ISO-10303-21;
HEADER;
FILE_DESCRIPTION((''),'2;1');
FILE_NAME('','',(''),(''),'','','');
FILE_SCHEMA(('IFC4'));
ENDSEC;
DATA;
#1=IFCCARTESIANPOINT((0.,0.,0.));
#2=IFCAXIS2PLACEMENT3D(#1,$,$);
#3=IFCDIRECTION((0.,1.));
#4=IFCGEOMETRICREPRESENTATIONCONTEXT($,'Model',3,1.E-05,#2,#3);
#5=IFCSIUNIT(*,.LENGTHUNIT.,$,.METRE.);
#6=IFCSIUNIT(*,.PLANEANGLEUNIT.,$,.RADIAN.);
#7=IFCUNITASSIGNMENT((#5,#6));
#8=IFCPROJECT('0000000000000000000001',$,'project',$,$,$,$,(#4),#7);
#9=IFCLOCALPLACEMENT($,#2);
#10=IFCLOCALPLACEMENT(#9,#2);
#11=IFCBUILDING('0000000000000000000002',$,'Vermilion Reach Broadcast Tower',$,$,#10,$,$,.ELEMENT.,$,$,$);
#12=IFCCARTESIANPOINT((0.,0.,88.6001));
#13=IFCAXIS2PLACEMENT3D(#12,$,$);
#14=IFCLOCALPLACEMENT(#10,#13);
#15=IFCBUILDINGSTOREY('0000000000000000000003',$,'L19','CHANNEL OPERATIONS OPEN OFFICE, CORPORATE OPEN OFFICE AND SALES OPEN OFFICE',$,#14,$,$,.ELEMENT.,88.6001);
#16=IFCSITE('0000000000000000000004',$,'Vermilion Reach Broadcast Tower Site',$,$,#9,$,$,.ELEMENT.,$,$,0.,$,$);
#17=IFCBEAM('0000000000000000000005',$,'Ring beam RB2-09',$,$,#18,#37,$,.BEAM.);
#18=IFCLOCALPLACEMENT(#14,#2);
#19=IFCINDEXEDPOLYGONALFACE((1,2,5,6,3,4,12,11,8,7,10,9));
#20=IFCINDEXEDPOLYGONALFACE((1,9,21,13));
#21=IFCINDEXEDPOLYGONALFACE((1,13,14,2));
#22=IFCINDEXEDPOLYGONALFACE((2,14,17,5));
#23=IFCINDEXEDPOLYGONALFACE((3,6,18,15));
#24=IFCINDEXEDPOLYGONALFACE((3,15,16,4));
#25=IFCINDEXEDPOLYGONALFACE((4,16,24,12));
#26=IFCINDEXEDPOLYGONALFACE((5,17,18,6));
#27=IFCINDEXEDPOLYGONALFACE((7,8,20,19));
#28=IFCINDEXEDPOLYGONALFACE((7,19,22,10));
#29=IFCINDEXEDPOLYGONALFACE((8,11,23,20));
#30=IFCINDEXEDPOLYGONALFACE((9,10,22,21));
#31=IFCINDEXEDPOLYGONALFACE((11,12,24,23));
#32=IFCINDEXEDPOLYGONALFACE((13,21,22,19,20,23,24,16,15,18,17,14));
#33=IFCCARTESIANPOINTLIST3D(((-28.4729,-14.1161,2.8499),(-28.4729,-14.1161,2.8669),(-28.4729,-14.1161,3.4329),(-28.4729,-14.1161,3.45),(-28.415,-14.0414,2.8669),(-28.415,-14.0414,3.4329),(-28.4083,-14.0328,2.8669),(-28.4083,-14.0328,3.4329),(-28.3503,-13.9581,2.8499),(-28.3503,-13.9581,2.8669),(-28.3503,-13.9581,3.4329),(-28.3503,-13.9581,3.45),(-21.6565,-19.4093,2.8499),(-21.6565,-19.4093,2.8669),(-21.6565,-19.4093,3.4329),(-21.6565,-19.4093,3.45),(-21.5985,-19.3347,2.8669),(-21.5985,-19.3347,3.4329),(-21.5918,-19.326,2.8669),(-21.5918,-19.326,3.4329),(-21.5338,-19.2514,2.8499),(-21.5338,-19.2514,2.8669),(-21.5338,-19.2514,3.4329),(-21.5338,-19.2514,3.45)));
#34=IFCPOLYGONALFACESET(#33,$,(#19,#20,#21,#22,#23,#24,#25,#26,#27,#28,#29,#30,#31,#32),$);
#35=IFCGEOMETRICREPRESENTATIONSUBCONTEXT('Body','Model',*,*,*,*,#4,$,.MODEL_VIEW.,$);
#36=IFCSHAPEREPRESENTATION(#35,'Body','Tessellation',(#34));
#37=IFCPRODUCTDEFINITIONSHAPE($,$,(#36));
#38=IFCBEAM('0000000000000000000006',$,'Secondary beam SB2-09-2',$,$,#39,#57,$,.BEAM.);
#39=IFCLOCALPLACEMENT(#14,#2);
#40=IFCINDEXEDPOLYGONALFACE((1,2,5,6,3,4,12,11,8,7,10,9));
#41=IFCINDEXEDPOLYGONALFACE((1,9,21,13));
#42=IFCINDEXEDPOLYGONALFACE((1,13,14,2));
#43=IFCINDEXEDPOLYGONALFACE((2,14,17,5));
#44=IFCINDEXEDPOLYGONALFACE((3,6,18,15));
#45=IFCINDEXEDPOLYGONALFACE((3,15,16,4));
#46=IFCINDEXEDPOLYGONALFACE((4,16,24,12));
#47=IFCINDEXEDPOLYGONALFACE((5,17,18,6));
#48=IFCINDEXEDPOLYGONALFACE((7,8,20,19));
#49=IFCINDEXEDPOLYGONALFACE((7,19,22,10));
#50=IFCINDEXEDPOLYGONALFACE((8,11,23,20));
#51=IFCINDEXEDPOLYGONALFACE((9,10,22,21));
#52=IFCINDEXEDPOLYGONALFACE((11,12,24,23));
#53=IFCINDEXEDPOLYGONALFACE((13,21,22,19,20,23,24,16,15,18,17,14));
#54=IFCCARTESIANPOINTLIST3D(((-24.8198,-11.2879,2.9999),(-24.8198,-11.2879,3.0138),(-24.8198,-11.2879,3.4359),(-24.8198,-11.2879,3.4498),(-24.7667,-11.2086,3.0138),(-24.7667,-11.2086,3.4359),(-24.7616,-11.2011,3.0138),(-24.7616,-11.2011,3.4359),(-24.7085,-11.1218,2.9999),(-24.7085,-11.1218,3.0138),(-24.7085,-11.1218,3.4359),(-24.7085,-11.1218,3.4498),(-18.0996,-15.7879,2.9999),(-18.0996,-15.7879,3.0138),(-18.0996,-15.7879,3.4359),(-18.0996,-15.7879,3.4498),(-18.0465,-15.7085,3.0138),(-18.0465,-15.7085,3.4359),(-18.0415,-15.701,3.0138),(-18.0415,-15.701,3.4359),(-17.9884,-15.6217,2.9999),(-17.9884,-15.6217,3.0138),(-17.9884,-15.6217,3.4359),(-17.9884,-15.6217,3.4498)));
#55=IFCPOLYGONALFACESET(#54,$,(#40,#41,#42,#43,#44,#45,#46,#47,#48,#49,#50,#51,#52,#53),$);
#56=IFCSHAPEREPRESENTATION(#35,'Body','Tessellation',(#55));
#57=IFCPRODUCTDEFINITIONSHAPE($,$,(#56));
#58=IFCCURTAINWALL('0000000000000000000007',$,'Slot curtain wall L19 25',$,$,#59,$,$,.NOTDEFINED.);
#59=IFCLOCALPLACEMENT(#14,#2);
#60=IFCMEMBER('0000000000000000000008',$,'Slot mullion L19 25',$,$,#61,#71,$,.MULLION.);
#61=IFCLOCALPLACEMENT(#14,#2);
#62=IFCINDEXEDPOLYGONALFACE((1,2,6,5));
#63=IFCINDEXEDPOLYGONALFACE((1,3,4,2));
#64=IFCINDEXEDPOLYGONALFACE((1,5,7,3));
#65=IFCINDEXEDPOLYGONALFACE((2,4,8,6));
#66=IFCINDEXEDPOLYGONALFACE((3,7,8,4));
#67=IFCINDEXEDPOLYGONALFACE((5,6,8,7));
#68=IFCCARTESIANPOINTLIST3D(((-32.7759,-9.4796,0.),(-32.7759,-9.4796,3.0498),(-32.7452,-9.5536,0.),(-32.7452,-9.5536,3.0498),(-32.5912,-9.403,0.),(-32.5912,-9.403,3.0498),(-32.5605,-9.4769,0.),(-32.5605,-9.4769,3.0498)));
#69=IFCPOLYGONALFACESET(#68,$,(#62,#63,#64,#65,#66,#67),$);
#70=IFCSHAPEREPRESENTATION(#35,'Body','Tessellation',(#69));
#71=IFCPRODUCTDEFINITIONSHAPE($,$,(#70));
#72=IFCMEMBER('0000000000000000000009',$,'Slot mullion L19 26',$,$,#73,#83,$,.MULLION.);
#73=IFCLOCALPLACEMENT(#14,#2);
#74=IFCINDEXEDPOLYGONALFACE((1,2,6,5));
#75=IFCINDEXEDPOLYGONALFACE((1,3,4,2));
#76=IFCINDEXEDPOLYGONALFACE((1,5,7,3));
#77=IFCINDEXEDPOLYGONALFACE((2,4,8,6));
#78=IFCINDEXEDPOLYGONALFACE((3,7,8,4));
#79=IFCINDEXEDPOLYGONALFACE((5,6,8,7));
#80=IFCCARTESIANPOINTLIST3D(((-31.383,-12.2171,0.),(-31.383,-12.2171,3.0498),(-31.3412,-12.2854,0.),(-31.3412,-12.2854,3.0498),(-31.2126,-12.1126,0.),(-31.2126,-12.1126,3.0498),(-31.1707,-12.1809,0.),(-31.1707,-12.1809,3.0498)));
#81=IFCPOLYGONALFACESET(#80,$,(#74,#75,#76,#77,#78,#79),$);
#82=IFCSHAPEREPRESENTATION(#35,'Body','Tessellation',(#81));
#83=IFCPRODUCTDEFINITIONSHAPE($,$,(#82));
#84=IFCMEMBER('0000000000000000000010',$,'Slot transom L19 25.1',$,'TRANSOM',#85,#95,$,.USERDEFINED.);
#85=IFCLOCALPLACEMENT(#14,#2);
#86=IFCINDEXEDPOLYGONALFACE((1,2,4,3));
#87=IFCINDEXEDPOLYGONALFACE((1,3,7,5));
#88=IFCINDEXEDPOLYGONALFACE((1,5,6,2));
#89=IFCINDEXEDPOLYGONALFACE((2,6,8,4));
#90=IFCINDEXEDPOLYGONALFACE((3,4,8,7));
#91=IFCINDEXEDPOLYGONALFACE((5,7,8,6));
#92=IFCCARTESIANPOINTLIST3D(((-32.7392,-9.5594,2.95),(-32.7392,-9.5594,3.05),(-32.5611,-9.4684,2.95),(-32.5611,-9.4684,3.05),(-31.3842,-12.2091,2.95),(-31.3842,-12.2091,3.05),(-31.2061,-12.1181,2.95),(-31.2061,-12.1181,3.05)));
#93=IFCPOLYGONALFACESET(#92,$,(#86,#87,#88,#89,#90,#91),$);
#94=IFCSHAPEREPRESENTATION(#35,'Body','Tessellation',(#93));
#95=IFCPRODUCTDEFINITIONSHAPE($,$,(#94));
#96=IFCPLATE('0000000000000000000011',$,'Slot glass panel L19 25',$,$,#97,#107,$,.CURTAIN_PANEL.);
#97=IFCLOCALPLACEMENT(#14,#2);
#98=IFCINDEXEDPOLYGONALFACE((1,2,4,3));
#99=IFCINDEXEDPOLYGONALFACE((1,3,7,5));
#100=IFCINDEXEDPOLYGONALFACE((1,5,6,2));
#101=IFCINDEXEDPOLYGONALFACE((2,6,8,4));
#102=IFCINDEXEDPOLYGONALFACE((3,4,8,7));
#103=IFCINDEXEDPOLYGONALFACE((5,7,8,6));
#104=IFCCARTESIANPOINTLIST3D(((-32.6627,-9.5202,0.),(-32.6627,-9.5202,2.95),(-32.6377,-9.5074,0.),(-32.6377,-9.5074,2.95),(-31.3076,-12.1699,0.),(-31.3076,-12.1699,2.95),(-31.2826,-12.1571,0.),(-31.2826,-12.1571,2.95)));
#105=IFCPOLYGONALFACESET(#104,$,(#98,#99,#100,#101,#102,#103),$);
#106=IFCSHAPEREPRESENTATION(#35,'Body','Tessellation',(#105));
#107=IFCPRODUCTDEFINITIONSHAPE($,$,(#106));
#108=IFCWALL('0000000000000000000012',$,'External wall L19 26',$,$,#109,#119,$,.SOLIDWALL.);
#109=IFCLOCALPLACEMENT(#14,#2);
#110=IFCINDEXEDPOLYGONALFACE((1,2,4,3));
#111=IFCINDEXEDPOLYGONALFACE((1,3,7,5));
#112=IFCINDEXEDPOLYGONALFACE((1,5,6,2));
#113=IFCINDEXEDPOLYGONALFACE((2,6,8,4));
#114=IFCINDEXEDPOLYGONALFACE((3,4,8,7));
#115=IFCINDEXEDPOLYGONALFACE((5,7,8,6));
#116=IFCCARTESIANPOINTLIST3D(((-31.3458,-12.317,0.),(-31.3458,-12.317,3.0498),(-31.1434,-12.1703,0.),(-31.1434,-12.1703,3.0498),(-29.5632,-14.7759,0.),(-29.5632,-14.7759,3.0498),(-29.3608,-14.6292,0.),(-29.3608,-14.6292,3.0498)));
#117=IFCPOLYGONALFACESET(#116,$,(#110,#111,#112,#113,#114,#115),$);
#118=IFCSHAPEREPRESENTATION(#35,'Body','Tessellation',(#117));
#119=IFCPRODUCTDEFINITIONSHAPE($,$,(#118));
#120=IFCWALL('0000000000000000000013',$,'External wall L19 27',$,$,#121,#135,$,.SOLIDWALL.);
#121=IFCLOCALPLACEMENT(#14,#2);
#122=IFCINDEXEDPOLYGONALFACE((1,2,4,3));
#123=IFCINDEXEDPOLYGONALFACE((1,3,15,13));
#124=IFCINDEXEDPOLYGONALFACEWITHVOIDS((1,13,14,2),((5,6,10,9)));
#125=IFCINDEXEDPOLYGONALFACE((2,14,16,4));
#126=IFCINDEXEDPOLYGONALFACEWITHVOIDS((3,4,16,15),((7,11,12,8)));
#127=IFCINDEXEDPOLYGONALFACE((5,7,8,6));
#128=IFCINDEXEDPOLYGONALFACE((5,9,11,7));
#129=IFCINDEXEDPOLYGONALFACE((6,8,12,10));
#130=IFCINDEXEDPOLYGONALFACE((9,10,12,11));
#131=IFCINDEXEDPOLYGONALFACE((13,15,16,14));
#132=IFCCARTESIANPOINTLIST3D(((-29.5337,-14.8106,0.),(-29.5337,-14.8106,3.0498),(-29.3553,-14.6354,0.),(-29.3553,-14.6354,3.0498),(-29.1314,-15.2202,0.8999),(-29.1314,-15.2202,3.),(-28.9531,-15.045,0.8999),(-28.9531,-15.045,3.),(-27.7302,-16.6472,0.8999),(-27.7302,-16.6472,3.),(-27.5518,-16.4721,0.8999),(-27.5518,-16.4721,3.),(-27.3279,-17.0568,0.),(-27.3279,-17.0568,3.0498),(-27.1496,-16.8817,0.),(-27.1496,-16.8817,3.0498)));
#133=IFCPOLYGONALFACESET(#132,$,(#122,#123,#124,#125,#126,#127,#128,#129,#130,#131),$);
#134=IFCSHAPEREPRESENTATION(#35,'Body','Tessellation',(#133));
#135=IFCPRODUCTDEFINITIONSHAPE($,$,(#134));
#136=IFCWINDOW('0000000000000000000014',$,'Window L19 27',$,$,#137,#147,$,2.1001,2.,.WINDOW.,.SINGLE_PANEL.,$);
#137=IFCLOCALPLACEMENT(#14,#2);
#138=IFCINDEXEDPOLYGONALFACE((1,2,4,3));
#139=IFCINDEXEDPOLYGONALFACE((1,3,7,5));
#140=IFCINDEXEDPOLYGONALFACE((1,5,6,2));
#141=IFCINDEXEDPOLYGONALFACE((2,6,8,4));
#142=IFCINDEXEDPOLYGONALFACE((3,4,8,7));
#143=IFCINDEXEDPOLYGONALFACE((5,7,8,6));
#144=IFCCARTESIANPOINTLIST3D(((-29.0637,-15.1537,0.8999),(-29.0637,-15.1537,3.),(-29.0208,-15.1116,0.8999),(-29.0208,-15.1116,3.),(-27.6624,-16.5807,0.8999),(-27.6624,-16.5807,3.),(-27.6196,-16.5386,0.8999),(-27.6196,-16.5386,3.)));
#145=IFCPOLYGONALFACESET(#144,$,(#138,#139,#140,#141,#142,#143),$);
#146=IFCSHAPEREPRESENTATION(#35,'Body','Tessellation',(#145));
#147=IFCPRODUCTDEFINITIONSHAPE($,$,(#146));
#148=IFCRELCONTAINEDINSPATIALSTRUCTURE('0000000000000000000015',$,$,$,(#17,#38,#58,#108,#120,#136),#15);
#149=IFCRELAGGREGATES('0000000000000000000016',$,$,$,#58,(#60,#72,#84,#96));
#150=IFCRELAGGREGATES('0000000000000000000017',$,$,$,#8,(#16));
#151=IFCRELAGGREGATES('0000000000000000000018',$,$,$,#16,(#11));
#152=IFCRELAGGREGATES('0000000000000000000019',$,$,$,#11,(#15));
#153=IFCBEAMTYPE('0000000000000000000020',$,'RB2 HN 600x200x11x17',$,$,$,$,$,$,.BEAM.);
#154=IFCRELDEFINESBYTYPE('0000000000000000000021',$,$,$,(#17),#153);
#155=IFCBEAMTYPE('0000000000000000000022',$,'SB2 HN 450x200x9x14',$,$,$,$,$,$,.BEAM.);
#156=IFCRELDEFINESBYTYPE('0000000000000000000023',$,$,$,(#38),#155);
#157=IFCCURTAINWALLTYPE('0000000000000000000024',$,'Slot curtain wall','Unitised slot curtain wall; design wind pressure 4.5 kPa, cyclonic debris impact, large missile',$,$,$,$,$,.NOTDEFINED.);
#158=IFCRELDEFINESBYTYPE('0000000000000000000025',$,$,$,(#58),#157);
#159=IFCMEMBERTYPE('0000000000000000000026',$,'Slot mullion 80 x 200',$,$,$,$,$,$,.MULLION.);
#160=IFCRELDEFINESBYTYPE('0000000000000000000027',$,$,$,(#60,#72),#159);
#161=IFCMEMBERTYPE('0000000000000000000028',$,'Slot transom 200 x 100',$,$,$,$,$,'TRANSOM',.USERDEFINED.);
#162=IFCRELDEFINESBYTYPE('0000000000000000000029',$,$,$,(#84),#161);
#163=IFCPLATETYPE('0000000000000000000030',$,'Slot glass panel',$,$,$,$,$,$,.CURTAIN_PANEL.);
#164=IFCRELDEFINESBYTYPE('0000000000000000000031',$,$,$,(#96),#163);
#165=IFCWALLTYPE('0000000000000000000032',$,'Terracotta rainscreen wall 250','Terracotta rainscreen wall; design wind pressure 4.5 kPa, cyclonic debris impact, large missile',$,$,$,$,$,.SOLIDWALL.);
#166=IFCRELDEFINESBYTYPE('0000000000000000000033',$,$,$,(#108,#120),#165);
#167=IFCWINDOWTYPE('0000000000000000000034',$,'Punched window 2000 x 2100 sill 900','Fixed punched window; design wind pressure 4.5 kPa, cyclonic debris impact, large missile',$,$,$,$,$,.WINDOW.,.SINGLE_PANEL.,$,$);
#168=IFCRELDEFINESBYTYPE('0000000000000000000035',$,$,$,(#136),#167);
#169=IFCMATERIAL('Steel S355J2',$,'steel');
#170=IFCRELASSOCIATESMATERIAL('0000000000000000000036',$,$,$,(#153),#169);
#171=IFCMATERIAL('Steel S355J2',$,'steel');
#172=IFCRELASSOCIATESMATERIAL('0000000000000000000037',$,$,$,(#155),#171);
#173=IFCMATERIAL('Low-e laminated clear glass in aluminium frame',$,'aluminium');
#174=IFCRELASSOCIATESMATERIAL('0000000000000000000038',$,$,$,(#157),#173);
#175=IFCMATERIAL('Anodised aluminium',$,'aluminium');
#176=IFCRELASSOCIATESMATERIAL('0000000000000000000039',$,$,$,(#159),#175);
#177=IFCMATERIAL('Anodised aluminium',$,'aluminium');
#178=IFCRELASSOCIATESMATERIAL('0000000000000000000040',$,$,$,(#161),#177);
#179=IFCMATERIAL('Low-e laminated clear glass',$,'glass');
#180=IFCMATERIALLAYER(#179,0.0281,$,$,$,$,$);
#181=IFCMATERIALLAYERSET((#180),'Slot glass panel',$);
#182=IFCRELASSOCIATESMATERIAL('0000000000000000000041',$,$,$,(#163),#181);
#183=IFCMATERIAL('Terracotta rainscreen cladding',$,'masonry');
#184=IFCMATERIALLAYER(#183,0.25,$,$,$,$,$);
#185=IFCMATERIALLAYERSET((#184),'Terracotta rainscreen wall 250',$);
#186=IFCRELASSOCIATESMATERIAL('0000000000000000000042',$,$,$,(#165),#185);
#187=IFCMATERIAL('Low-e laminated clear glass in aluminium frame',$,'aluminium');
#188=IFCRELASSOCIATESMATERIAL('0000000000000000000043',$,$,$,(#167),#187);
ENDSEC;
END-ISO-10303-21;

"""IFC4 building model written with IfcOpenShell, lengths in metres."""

from ifc_helpers import new_model, si_unit, direction, frame, frame_2d, origin, origin_2d, place, context, subcontext, project, spatial, rectangle, i_section, extrude, material, layer, layer_set, material_profile, profile_set, type_object, element, fill, aggregate, save


model = new_model("IFC4")

# Units and contexts
model_context = context("Model", 3, precision=1e-05, world=origin(), true_north=direction((0.0, 1.0)))
body_context = subcontext(model_context, "Body", "Model", "MODEL_VIEW")
ifc_project = project(units=[si_unit("LENGTHUNIT", "METRE"), si_unit("PLANEANGLEUNIT", "RADIAN")], contexts=[model_context])

# Site, building, storey
site_placement = place(None, origin())
site = spatial("IfcSite", under=ifc_project, at=site_placement, Name="Vermilion Reach Broadcast Tower Site", CompositionType="ELEMENT", RefElevation=0.0)
building_placement = place(site_placement, origin())
building = spatial("IfcBuilding", under=site, at=building_placement, Name="Vermilion Reach Broadcast Tower", CompositionType="ELEMENT")
storey_placement = place(building_placement, frame((0.0, 0.0, 88.6001)))
storey = spatial("IfcBuildingStorey", under=building, at=storey_placement, Name="L19", Description="CHANNEL OPERATIONS OPEN OFFICE, CORPORATE OPEN OFFICE AND SALES OPEN OFFICE", CompositionType="ELEMENT", Elevation=88.6001)

# Beams
ifc_material_1 = material(Name="Steel S355J2", Category="steel")
ifc_material_profile_1 = material_profile(ifc_material_1, i_section(OverallWidth=0.2, OverallDepth=0.6001, WebThickness=0.011, FlangeThickness=0.0171, at=origin_2d()), Name="S355J2 HN 600x200x11x17")
ifc_profile_set_1 = profile_set([ifc_material_profile_1], Name="Steel S355J2")
beam_type_1 = type_object("IfcBeamType", Name="RB2 HN 600x200x11x17", PredefinedType="BEAM", material=ifc_profile_set_1)
beam_1_placement = place(storey_placement, frame((-28.4116, -14.0371, 3.1499), z_axis=(0.789826, -0.613331, 0.0), x_axis=(0.613331, 0.789826, 0.0)))
element("IfcBeam", 1, at=beam_1_placement, inside=storey, type_object=beam_type_1, Name="Ring beam RB2-09", PredefinedType="BEAM", context=body_context, shape_type="SweptSolid", body=[
    extrude(i_section(OverallWidth=0.2, OverallDepth=0.6001, WebThickness=0.011, FlangeThickness=0.0171, at=origin_2d()), origin(), (0.0, 0.0, 1.0), 8.6304),
])
ifc_material_2 = material(Name="Steel S355J2", Category="steel")
ifc_material_profile_2 = material_profile(ifc_material_2, i_section(OverallWidth=0.2, OverallDepth=0.45, WebThickness=0.009, FlangeThickness=0.0139, at=origin_2d()), Name="S355J2 HN 450x200x9x14")
ifc_profile_set_2 = profile_set([ifc_material_profile_2], Name="Steel S355J2")
beam_type_2 = type_object("IfcBeamType", Name="SB2 HN 450x200x9x14", PredefinedType="BEAM", material=ifc_profile_set_2)
beam_2_placement = place(storey_placement, frame((-24.7642, -11.2048, 3.2249), z_axis=(0.830915, -0.556399, 0.0), x_axis=(0.556399, 0.830915, 0.0)))
element("IfcBeam", 2, at=beam_2_placement, inside=storey, type_object=beam_type_2, Name="Secondary beam SB2-09-2", PredefinedType="BEAM", context=body_context, shape_type="SweptSolid", body=[
    extrude(i_section(OverallWidth=0.2, OverallDepth=0.45, WebThickness=0.009, FlangeThickness=0.0139, at=origin_2d()), origin(), (0.0, 0.0, 1.0), 8.0876),
])

# Curtain wall, members, plate
ifc_material_3 = material(Name="Low-e laminated clear glass in aluminium frame", Category="aluminium")
curtain_wall_type = type_object("IfcCurtainWallType", Name="Slot curtain wall", Description="Unitised slot curtain wall; design wind pressure 4.5 kPa, cyclonic debris impact, large missile", PredefinedType="NOTDEFINED", material=ifc_material_3)
curtain_wall_placement = place(storey_placement, origin())
curtain_wall = element("IfcCurtainWall", 3, at=curtain_wall_placement, inside=storey, type_object=curtain_wall_type, Name="Slot curtain wall L19 25", PredefinedType="NOTDEFINED")
ifc_material_4 = material(Name="Anodised aluminium", Category="aluminium")
ifc_material_profile_3 = material_profile(ifc_material_4, rectangle(XDim=0.2, YDim=0.0801, at=origin_2d()), Name="Slot mullion 80 x 200")
ifc_profile_set_3 = profile_set([ifc_material_profile_3], Name="Anodised aluminium")
member_type_1 = type_object("IfcMemberType", Name="Slot mullion 80 x 200", PredefinedType="MULLION", material=ifc_profile_set_3)
member_1_placement = place(storey_placement, frame((-32.6682, -9.4783, 0.0), z_axis=(0.0, 0.0, 1.0), x_axis=(0.923553, 0.383471, 0.0)))
member_1 = element("IfcMember", 4, at=member_1_placement, type_object=member_type_1, Name="Slot mullion L19 25", PredefinedType="MULLION", context=body_context, shape_type="SweptSolid", body=[
    extrude(rectangle(XDim=0.2, YDim=0.0801, at=origin_2d()), origin(), (0.0, 0.0, 1.0), 3.0498),
])
member_2_placement = place(storey_placement, frame((-31.2769, -12.199, 0.0), z_axis=(0.0, 0.0, 1.0), x_axis=(0.852518, 0.522698, 0.0)))
member_2 = element("IfcMember", 5, at=member_2_placement, type_object=member_type_1, Name="Slot mullion L19 26", PredefinedType="MULLION", context=body_context, shape_type="SweptSolid", body=[
    extrude(rectangle(XDim=0.2, YDim=0.0801, at=origin_2d()), origin(), (0.0, 0.0, 1.0), 3.0498),
])
ifc_material_5 = material(Name="Anodised aluminium", Category="aluminium")
ifc_material_profile_4 = material_profile(ifc_material_5, rectangle(XDim=0.2, YDim=0.1001, at=origin_2d()), Name="Slot transom 200 x 100")
ifc_profile_set_4 = profile_set([ifc_material_profile_4], Name="Anodised aluminium")
member_type_2 = type_object("IfcMemberType", Name="Slot transom 200 x 100", ElementType="TRANSOM", PredefinedType="USERDEFINED", material=ifc_profile_set_4)
member_3_placement = place(storey_placement, frame((-32.6501, -9.5139, 3.0), z_axis=(0.4553, -0.890338, 0.0), x_axis=(0.890338, 0.4553, 0.0)))
member_3 = element("IfcMember", 6, at=member_3_placement, type_object=member_type_2, Name="Slot transom L19 25.1", ObjectType="TRANSOM", PredefinedType="USERDEFINED", context=body_context, shape_type="SweptSolid", body=[
    extrude(rectangle(XDim=0.2, YDim=0.1001, at=origin_2d()), origin(), (0.0, 0.0, 1.0), 2.9761),
])
ifc_material_6 = material(Name="Low-e laminated clear glass", Category="glass")
ifc_layer_1 = layer(ifc_material_6, 0.0281)
ifc_layer_set_1 = layer_set([ifc_layer_1], Name="Slot glass panel")
plate_type = type_object("IfcPlateType", Name="Slot glass panel", PredefinedType="CURTAIN_PANEL", material=ifc_layer_set_1)
plate_placement = place(storey_placement, frame((-31.9727, -10.8386, 0.0), z_axis=(0.0, 0.0, 1.0), x_axis=(0.455304, -0.890336, 0.0)))
plate = element("IfcPlate", 7, at=plate_placement, type_object=plate_type, Name="Slot glass panel L19 25", PredefinedType="CURTAIN_PANEL", context=body_context, shape_type="SweptSolid", body=[
    extrude(rectangle(XDim=2.9761, YDim=0.0281, at=origin_2d()), origin(), (0.0, 0.0, 1.0), 2.95),
])
aggregate(curtain_wall, [member_1, member_2, member_3, plate])

# Wall
ifc_material_7 = material(Name="Terracotta rainscreen cladding", Category="masonry")
ifc_layer_2 = layer(ifc_material_7, 0.25)
ifc_layer_set_2 = layer_set([ifc_layer_2], Name="Terracotta rainscreen wall 250")
wall_type = type_object("IfcWallType", Name="Terracotta rainscreen wall 250", Description="Terracotta rainscreen wall; design wind pressure 4.5 kPa, cyclonic debris impact, large missile", PredefinedType="SOLIDWALL", material=ifc_layer_set_2)
wall_1_placement = place(storey_placement, frame((-31.2446, -12.2437, 0.0), z_axis=(0.0, 0.0, 1.0), x_axis=(0.586957, -0.809618, 0.0)))
element("IfcWall", 8, at=wall_1_placement, inside=storey, type_object=wall_type, Name="External wall L19 26", PredefinedType="SOLIDWALL", context=body_context, shape_type="SweptSolid", body=[
    extrude(rectangle(XDim=3.0371, YDim=0.25, at=frame_2d((1.5186, 0.0))), origin(), (0.0, 0.0, 1.0), 3.0498),
])

# Wall, opening, window
wall_2_placement = place(storey_placement, frame((-29.4446, -14.7229, 0.0), z_axis=(0.0, 0.0, 1.0), x_axis=(0.700641, -0.713514, 0.0)))
wall_2 = element("IfcWall", 9, at=wall_2_placement, inside=storey, type_object=wall_type, Name="External wall L19 27", PredefinedType="SOLIDWALL", context=body_context, shape_type="SweptSolid", body=[
    extrude(rectangle(XDim=3.1482, YDim=0.25, at=frame_2d((1.5742, 0.0))), origin(), (0.0, 0.0, 1.0), 3.0498),
])
opening_1_placement = place(wall_2_placement, frame((0.5742, 0.0, 0.8999)))
opening_1 = element("IfcOpeningElement", 10, at=opening_1_placement, cuts=wall_2, PredefinedType="OPENING", context=body_context, shape_type="SweptSolid", body=[
    extrude(rectangle(XDim=2.0, YDim=2.1001, at=frame_2d((1.0, 1.05))), frame((0.0, 0.135, 0.0), z_axis=(0.0, -1.0, 0.0), x_axis=(1.0, 0.0, 0.0)), (0.0, 0.0, 1.0), 0.27),
])
ifc_material_8 = material(Name="Low-e laminated clear glass in aluminium frame", Category="aluminium")
window_type = type_object("IfcWindowType", Name="Punched window 2000 x 2100 sill 900", Description="Fixed punched window; design wind pressure 4.5 kPa, cyclonic debris impact, large missile", PartitioningType="SINGLE_PANEL", PredefinedType="WINDOW", material=ifc_material_8)
window_1_placement = place(opening_1_placement, origin())
window_1 = element("IfcWindow", 11, at=window_1_placement, inside=storey, type_object=window_type, Name="Window L19 27", OverallHeight=2.1001, OverallWidth=2.0, PartitioningType="SINGLE_PANEL", PredefinedType="WINDOW", context=body_context, shape_type="SweptSolid", body=[
    extrude(rectangle(XDim=2.0, YDim=2.1001, at=frame_2d((1.0, 1.05))), frame((0.0, 0.03, 0.0), z_axis=(0.0, -1.0, 0.0), x_axis=(1.0, 0.0, 0.0)), (0.0, 0.0, 1.0), 0.0601),
])
fill(opening_1, window_1)

save(model, "model.ifc")
